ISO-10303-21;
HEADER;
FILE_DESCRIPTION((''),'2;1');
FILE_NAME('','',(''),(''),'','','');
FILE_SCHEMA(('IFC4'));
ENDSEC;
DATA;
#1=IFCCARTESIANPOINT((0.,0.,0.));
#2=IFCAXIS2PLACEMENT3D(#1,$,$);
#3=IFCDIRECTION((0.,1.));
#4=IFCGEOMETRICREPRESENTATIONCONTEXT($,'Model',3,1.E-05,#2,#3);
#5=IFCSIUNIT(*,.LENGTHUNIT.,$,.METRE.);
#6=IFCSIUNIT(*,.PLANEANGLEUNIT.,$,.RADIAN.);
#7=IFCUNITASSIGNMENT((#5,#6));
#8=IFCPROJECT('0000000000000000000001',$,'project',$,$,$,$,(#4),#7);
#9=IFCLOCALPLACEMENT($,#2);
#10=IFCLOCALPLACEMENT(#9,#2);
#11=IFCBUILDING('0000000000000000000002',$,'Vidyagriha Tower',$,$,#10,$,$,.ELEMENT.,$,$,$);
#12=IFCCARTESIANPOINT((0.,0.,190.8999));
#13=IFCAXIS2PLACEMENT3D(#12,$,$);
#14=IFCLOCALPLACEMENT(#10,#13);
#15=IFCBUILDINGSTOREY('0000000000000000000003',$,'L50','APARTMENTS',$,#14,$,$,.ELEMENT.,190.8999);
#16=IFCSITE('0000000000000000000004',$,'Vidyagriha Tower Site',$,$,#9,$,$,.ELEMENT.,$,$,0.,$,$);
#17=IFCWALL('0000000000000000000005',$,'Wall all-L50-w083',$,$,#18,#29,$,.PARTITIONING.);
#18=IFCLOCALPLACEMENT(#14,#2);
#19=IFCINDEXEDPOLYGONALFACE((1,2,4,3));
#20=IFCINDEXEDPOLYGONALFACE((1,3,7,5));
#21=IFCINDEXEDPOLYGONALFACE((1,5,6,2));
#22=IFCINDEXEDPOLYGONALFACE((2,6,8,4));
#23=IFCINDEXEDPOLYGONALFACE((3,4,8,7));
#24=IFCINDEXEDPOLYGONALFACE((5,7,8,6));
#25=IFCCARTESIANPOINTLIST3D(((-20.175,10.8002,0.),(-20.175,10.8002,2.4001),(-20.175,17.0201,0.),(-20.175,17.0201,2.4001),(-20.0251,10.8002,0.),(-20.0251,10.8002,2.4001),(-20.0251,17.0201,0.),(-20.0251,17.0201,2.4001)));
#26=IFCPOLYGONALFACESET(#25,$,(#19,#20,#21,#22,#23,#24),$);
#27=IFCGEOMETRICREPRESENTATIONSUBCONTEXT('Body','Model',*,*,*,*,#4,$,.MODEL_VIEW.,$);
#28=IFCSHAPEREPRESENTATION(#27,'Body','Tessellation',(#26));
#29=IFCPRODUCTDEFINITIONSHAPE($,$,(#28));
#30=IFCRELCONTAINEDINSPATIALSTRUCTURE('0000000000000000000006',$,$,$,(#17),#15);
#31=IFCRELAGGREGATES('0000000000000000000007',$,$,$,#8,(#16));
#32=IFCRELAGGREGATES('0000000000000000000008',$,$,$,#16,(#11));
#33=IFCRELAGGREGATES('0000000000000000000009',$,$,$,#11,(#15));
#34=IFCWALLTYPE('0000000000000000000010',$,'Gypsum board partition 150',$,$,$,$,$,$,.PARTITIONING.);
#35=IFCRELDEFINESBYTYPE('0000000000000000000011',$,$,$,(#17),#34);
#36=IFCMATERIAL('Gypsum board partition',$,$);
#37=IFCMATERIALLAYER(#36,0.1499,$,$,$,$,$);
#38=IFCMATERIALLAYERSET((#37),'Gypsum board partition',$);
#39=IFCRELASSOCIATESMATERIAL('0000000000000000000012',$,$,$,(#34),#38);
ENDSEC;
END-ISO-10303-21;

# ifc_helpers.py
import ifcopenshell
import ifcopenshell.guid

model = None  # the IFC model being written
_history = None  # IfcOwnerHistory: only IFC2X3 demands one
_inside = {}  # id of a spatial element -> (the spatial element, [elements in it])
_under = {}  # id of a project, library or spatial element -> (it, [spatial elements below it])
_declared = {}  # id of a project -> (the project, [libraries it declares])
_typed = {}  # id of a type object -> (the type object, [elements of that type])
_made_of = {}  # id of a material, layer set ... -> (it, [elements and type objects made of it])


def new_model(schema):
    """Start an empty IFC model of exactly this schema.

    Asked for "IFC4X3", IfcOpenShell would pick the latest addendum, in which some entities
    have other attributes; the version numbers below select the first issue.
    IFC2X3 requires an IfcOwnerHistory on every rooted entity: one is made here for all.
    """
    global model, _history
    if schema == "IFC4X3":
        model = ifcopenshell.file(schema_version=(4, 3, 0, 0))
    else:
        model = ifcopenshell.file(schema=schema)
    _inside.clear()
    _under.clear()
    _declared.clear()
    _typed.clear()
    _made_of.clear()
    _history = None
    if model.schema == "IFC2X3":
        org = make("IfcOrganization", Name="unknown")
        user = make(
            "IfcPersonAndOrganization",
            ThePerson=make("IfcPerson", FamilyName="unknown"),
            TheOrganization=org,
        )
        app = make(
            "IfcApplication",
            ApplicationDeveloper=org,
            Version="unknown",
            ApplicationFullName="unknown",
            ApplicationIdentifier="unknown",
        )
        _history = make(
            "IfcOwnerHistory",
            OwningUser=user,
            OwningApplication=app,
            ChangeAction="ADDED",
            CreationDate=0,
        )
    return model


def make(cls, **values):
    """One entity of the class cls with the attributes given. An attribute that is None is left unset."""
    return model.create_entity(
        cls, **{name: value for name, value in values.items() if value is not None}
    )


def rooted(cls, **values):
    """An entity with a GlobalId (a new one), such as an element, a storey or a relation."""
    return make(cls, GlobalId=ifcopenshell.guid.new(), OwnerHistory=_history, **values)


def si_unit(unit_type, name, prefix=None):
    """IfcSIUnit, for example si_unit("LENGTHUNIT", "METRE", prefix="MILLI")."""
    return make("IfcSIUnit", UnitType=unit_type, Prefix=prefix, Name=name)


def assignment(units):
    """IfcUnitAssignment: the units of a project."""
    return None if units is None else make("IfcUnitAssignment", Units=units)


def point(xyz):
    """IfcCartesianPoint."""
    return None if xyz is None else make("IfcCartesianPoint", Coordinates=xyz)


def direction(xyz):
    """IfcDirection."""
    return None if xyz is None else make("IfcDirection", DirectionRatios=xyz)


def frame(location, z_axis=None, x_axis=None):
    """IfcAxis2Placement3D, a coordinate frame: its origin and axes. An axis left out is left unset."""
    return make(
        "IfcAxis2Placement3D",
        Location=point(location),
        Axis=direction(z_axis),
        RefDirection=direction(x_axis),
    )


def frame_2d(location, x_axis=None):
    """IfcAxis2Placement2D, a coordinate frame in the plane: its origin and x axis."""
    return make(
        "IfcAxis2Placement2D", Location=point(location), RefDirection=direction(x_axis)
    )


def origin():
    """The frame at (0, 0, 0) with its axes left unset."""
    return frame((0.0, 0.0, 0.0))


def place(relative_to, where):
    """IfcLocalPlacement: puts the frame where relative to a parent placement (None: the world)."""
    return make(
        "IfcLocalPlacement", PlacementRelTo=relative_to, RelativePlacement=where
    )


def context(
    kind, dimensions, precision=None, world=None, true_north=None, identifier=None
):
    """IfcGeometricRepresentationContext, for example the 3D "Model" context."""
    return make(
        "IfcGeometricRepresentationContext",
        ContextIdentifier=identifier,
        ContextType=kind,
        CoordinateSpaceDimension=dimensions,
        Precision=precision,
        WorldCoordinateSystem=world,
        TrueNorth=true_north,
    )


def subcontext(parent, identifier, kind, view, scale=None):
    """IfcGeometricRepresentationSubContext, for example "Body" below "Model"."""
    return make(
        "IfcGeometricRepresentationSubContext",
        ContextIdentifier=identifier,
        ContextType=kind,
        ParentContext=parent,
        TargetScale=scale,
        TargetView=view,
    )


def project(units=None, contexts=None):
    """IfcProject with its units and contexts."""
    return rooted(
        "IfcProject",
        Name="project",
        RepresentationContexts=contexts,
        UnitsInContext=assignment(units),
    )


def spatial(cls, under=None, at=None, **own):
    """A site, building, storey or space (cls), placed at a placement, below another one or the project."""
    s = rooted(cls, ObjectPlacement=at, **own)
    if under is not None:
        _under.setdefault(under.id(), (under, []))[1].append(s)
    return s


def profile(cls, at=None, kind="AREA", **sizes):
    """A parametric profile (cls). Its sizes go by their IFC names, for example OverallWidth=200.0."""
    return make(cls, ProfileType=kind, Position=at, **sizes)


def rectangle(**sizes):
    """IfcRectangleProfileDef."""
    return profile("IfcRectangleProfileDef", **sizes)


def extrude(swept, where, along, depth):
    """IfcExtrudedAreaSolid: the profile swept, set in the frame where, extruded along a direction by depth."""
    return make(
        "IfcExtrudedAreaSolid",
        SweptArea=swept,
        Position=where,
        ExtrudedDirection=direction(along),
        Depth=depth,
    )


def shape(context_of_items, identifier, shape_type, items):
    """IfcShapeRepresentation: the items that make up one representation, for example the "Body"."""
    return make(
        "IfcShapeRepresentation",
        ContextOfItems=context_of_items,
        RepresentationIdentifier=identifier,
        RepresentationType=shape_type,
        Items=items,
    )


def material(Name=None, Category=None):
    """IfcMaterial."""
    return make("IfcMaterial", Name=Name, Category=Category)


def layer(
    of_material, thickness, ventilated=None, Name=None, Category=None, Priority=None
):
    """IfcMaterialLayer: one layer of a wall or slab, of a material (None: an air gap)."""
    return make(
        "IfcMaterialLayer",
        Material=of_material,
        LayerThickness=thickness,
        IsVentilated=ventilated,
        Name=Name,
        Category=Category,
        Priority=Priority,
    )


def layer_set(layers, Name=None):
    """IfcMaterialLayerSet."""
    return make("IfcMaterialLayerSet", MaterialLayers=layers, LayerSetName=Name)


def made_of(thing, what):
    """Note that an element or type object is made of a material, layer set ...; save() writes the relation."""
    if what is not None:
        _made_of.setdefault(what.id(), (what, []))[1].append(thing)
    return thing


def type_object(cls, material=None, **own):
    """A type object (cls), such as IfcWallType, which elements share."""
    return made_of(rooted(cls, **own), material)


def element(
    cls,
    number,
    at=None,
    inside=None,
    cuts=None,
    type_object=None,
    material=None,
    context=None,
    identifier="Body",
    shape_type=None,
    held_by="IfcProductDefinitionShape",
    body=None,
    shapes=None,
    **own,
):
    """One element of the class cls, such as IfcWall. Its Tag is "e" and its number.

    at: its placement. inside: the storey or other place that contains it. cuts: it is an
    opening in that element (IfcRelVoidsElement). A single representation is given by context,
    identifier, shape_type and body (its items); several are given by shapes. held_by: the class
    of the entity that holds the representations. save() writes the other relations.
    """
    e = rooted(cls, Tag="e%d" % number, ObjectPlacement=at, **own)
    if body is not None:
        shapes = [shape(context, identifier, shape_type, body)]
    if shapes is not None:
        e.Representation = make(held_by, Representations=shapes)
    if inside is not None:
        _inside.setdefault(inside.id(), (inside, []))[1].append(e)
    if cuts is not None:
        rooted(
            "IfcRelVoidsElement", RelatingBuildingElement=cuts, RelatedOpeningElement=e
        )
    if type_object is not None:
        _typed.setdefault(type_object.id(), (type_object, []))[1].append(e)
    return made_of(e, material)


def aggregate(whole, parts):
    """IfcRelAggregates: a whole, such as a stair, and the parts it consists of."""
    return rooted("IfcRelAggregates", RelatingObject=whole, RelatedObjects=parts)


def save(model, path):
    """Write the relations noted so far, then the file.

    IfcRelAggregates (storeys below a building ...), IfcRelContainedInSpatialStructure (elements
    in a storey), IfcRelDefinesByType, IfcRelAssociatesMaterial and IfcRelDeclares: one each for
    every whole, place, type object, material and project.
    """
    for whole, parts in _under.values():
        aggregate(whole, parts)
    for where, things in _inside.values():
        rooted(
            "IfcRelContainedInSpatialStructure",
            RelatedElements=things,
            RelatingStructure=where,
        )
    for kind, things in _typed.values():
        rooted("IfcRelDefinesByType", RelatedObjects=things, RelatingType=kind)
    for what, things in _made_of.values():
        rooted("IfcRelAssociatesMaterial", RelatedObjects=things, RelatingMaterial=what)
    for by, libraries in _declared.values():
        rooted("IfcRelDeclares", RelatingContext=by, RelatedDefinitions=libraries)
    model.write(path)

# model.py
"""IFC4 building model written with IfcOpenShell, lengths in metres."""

from ifc_helpers import new_model, si_unit, direction, frame, frame_2d, origin, place, context, subcontext, project, spatial, rectangle, extrude, material, layer, layer_set, type_object, element, save


model = new_model("IFC4")

# Units and contexts
model_context = context("Model", 3, precision=1e-05, world=origin(), true_north=direction((0.0, 1.0)))
body_context = subcontext(model_context, "Body", "Model", "MODEL_VIEW")
ifc_project = project(units=[si_unit("LENGTHUNIT", "METRE"), si_unit("PLANEANGLEUNIT", "RADIAN")], contexts=[model_context])

# Site, building, storey
site_placement = place(None, origin())
site = spatial("IfcSite", under=ifc_project, at=site_placement, Name="Vidyagriha Tower Site", CompositionType="ELEMENT", RefElevation=0.0)
building_placement = place(site_placement, origin())
building = spatial("IfcBuilding", under=site, at=building_placement, Name="Vidyagriha Tower", CompositionType="ELEMENT")
storey_placement = place(building_placement, frame((0.0, 0.0, 190.8999)))
storey = spatial("IfcBuildingStorey", under=building, at=storey_placement, Name="L50", Description="APARTMENTS", CompositionType="ELEMENT", Elevation=190.8999)

# Wall
ifc_material_1 = material(Name="Gypsum board partition")
ifc_layer_1 = layer(ifc_material_1, 0.1499)
ifc_layer_set_1 = layer_set([ifc_layer_1], Name="Gypsum board partition")
wall_type_1 = type_object("IfcWallType", Name="Gypsum board partition 150", PredefinedType="PARTITIONING", material=ifc_layer_set_1)
wall_1_placement = place(storey_placement, frame((-20.1001, 17.02, 0.0), z_axis=(0.0, 0.0, 1.0), x_axis=(0.0, -1.0, 0.0)))
element("IfcWall", 1, at=wall_1_placement, inside=storey, type_object=wall_type_1, Name="Wall all-L50-w083", PredefinedType="PARTITIONING", context=body_context, shape_type="SweptSolid", body=[
    extrude(rectangle(XDim=6.22, YDim=0.1499, at=frame_2d((3.1099, 0.0))), origin(), (0.0, 0.0, 1.0), 2.4001),
])

save(model, "model.ifc")
